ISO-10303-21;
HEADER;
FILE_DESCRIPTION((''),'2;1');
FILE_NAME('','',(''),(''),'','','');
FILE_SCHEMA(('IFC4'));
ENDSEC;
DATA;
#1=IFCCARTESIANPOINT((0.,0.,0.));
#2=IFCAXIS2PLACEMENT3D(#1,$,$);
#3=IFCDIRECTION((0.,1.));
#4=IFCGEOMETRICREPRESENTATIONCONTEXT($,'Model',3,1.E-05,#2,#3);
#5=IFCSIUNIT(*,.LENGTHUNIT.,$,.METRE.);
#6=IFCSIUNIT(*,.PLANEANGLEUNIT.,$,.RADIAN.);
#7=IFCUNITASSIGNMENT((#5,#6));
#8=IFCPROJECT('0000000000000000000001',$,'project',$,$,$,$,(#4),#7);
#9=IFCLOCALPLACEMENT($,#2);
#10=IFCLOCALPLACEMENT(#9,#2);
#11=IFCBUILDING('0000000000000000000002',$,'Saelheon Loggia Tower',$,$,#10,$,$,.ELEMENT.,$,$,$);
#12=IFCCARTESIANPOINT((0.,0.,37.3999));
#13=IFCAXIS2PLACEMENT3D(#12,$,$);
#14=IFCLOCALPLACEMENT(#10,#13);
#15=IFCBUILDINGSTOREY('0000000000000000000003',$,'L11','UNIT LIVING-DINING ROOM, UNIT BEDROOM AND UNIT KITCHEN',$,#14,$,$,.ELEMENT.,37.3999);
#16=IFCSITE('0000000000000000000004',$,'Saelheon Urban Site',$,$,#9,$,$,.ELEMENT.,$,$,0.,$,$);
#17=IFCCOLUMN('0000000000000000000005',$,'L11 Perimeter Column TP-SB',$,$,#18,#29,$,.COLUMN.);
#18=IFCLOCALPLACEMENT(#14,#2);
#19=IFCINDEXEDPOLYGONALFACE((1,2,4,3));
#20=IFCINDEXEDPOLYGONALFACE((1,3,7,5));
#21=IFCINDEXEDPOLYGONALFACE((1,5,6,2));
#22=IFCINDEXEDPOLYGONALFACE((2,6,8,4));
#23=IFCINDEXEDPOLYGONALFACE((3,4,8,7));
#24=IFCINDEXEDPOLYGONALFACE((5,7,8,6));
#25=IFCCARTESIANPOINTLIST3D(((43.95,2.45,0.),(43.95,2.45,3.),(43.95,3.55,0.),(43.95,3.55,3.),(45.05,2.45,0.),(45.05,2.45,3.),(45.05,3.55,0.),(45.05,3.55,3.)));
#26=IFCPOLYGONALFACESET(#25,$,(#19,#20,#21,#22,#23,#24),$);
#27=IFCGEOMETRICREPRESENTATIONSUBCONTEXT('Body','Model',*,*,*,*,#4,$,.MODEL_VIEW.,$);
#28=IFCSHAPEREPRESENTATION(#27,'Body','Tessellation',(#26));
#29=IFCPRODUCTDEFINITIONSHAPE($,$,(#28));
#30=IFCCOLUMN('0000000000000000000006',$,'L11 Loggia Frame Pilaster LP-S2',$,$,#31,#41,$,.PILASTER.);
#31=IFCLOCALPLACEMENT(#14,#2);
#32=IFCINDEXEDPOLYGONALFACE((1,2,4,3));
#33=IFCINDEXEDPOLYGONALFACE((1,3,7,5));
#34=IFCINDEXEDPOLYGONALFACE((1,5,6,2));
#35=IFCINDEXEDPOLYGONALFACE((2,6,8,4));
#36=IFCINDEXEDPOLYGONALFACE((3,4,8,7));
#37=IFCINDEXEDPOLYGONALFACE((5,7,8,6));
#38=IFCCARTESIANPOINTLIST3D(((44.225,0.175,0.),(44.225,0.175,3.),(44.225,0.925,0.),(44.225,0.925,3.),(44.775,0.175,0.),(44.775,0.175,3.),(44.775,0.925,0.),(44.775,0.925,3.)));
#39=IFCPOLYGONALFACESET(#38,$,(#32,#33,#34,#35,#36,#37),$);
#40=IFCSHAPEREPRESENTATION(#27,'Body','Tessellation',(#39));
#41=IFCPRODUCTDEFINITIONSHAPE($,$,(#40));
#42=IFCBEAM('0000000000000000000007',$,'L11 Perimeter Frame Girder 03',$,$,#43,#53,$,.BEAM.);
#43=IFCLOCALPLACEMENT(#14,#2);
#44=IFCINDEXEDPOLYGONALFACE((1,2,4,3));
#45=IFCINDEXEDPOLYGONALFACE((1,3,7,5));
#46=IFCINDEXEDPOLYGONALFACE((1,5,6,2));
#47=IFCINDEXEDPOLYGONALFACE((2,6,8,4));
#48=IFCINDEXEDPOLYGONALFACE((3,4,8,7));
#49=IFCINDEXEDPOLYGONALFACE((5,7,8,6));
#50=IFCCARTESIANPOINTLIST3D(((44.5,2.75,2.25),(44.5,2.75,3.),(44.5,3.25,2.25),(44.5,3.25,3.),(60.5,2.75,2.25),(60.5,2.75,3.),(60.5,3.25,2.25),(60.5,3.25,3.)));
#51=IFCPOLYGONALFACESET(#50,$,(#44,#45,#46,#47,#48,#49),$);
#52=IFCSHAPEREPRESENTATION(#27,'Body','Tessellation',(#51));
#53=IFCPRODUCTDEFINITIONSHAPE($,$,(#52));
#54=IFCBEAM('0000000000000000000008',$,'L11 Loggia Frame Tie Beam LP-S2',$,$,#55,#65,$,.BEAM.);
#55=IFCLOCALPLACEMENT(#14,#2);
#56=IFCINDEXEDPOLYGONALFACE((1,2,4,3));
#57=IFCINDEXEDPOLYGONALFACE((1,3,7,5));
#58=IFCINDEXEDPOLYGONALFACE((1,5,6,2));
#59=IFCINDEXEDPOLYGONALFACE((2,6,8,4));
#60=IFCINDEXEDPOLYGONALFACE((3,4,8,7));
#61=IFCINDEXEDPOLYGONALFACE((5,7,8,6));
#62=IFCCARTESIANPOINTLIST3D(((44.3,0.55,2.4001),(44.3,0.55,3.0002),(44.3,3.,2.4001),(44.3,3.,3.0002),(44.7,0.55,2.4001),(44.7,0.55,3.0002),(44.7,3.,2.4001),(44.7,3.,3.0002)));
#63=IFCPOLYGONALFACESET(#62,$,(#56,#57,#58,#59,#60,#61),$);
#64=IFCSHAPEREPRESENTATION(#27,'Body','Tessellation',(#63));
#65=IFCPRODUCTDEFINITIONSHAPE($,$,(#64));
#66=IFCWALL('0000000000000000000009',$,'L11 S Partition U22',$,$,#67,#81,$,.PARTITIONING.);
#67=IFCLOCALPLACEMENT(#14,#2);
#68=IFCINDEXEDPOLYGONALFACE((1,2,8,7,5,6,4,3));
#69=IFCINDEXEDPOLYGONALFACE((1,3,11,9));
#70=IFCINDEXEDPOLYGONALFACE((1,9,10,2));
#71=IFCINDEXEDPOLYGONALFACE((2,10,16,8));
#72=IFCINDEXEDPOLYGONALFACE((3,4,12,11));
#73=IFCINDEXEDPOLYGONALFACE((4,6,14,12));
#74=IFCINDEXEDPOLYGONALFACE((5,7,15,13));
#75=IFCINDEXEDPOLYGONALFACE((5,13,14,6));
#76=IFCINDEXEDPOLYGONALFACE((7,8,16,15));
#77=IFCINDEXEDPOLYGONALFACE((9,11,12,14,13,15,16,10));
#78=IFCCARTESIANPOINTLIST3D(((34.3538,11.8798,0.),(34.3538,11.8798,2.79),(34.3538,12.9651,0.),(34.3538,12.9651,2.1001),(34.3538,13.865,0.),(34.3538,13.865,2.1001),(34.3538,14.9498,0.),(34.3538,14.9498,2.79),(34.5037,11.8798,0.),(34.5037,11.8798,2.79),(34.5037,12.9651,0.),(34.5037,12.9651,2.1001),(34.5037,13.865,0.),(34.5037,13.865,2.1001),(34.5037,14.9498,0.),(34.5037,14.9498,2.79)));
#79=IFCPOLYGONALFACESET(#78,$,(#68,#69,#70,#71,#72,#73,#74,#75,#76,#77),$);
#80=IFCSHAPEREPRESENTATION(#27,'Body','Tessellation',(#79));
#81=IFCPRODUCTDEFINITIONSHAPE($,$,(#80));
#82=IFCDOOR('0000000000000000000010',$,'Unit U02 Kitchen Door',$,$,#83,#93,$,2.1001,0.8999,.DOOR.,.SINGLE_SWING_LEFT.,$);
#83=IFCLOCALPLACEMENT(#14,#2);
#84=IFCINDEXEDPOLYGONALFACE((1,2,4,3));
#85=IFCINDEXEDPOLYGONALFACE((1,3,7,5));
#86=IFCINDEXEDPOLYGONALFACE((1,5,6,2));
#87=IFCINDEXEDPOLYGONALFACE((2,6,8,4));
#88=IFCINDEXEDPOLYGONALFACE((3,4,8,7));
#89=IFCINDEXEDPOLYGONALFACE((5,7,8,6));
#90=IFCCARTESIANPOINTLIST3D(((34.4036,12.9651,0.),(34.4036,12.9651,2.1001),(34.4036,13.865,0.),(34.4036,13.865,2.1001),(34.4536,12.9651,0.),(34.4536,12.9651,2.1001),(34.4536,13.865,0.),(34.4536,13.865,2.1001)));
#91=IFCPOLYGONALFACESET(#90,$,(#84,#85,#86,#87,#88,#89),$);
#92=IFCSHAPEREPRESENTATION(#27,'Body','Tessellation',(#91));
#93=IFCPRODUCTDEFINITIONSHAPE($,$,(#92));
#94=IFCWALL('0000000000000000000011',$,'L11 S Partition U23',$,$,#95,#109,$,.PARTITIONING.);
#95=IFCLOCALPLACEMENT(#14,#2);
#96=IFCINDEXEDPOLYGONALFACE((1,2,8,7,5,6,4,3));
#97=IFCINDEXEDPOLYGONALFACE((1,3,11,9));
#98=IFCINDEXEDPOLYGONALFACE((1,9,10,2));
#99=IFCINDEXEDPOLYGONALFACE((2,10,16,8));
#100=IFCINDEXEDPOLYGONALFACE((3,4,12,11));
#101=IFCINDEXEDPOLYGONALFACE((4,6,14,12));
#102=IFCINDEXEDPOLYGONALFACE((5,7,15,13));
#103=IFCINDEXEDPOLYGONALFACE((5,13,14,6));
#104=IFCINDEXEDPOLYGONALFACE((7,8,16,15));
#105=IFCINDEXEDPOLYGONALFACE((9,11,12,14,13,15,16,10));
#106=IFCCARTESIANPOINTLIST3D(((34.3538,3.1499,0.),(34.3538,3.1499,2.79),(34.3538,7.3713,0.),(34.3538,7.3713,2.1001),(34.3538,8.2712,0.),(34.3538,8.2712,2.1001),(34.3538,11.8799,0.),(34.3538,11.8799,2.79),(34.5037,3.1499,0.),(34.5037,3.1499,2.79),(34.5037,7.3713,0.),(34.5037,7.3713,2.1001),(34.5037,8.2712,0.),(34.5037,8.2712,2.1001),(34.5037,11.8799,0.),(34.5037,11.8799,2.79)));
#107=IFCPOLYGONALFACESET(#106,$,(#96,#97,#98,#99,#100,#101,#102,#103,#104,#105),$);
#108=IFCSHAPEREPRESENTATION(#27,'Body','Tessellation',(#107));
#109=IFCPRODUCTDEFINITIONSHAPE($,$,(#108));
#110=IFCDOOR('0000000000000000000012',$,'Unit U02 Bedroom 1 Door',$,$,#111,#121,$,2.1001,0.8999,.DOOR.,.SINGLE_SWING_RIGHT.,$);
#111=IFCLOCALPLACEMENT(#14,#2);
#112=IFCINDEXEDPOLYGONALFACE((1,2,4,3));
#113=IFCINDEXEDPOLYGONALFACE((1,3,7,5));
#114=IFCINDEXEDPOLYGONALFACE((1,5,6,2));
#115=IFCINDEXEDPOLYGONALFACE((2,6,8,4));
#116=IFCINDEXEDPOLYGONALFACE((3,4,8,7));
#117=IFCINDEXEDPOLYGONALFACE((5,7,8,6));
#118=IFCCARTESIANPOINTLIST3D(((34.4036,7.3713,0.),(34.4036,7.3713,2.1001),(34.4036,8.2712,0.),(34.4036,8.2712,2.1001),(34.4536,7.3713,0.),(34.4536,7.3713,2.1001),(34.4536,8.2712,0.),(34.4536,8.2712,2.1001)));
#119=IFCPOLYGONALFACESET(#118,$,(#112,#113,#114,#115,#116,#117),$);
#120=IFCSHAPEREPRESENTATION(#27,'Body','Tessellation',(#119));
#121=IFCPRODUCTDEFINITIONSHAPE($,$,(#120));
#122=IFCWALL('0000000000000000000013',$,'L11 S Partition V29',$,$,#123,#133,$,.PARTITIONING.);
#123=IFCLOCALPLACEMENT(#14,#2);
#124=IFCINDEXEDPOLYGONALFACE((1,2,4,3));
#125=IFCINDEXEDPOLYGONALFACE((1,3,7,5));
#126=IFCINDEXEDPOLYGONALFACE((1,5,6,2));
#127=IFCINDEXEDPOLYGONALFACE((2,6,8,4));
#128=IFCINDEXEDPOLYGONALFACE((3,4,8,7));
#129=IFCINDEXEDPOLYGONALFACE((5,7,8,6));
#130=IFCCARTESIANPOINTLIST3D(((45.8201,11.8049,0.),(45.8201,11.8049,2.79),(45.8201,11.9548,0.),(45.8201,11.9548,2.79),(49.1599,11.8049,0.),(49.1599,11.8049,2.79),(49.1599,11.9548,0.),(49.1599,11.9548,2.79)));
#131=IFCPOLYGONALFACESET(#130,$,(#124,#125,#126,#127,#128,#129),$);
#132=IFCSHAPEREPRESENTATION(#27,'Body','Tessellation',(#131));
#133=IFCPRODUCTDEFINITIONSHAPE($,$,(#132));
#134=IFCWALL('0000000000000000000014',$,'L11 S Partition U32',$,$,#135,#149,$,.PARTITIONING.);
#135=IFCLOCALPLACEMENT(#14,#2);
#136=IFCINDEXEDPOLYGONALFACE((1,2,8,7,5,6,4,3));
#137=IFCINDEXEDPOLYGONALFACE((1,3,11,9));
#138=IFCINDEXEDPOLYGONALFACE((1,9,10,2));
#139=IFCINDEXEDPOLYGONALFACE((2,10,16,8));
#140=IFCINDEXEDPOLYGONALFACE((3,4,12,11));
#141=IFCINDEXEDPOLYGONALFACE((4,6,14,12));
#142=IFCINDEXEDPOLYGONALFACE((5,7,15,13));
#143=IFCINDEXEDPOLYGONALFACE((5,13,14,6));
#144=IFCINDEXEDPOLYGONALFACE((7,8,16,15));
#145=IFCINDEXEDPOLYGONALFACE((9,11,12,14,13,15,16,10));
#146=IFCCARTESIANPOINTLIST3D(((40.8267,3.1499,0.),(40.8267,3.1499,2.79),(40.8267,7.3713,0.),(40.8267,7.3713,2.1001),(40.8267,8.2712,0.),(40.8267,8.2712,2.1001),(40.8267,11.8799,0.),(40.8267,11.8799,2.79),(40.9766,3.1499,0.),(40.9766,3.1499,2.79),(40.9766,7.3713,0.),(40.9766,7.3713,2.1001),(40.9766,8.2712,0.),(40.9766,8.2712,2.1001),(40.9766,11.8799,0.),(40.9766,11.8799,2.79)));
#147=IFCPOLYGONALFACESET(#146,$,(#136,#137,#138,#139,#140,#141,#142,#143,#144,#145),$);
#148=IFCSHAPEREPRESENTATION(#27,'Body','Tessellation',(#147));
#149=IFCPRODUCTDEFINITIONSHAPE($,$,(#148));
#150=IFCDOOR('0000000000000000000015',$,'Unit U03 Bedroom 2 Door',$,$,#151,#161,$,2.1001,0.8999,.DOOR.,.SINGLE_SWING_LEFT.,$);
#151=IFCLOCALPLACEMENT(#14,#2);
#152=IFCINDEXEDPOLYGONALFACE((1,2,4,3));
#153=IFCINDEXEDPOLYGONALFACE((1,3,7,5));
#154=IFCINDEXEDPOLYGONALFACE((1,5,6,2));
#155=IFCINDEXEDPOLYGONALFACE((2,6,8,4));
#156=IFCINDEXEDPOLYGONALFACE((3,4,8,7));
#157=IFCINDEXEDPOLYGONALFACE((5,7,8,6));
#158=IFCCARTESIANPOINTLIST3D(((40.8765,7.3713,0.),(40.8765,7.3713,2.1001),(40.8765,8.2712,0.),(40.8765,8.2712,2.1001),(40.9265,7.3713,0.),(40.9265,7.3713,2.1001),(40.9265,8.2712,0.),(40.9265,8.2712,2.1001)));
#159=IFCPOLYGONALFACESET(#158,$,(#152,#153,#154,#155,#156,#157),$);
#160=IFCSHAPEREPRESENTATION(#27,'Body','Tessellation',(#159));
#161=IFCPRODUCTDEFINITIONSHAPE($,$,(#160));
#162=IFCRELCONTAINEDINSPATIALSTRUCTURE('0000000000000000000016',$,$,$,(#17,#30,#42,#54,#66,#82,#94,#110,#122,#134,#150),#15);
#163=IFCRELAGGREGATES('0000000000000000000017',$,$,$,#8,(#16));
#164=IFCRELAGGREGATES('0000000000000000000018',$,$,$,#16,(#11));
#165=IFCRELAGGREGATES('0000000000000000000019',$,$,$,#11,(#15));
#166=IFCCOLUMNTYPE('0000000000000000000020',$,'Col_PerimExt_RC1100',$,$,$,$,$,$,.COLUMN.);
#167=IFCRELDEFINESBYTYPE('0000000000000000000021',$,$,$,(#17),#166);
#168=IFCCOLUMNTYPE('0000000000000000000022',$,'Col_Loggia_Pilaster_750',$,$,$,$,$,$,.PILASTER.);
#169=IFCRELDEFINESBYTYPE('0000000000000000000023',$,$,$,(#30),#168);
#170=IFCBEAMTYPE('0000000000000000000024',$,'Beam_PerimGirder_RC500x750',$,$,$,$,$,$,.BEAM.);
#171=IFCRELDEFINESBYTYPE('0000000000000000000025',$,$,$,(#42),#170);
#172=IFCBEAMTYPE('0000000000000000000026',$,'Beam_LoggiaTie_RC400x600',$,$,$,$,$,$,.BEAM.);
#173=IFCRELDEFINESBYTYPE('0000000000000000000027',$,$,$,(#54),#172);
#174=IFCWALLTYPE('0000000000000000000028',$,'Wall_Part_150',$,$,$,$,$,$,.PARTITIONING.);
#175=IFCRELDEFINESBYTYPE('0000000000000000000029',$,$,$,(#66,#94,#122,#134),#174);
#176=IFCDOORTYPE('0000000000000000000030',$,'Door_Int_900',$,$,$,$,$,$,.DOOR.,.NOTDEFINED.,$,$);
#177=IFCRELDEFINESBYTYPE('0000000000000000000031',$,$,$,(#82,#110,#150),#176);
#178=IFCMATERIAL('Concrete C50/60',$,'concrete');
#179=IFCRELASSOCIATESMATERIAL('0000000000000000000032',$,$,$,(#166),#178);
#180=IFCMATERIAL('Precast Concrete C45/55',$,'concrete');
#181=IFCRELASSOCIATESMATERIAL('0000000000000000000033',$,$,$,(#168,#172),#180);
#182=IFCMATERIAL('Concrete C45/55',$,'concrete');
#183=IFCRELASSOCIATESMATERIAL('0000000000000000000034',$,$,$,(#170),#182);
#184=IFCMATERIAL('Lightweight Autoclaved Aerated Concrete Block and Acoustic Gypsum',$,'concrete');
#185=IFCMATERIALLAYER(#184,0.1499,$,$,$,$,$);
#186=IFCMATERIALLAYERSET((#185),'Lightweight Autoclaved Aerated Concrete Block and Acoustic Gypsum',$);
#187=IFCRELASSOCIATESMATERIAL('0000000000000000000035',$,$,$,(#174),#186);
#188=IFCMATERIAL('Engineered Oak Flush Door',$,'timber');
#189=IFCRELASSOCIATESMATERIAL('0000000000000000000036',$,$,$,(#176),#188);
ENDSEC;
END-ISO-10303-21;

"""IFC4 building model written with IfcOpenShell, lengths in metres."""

from ifc_helpers import new_model, si_unit, direction, frame, frame_2d, origin, origin_2d, place, context, subcontext, project, spatial, rectangle, extrude, source, transform, mapped, material, layer, layer_set, material_profile, profile_set, type_object, element, fill, save


model = new_model("IFC4")

# Units and contexts
model_context = context("Model", 3, precision=1e-05, world=origin(), true_north=direction((0.0, 1.0)))
body_context = subcontext(model_context, "Body", "Model", "MODEL_VIEW")
ifc_project = project(units=[si_unit("LENGTHUNIT", "METRE"), si_unit("PLANEANGLEUNIT", "RADIAN")], contexts=[model_context])

# Site, building, storey
site_placement = place(None, origin())
site = spatial("IfcSite", under=ifc_project, at=site_placement, Name="Saelheon Urban Site", CompositionType="ELEMENT", RefElevation=0.0)
building_placement = place(site_placement, origin())
building = spatial("IfcBuilding", under=site, at=building_placement, Name="Saelheon Loggia Tower", CompositionType="ELEMENT")
storey_placement = place(building_placement, frame((0.0, 0.0, 37.3999)))
storey = spatial("IfcBuildingStorey", under=building, at=storey_placement, Name="L11", Description="UNIT LIVING-DINING ROOM, UNIT BEDROOM AND UNIT KITCHEN", CompositionType="ELEMENT", Elevation=37.3999)

# Columns
ifc_material_1 = material(Name="Concrete C50/60", Category="concrete")
ifc_material_profile_1 = material_profile(ifc_material_1, rectangle(XDim=1.1001, YDim=1.1001, at=origin_2d()), Name="RC-1100x1100")
ifc_profile_set_1 = profile_set([ifc_material_profile_1], Name="Concrete C50/60")
column_type_1 = type_object("IfcColumnType", Name="Col_PerimExt_RC1100", PredefinedType="COLUMN", material=ifc_profile_set_1)
shared_shape_1 = source(origin(), body_context, "Body", "SweptSolid", [
    extrude(rectangle(XDim=1.1001, YDim=1.1001, at=origin_2d()), origin(), (0.0, 0.0, 1.0), 3.0),
])
column_1_placement = place(storey_placement, frame((44.5, 3.0, 0.0), z_axis=(0.0, 0.0, 1.0), x_axis=(1.0, 0.0, 0.0)))
element("IfcColumn", 1, at=column_1_placement, inside=storey, type_object=column_type_1, Name="L11 Perimeter Column TP-SB", PredefinedType="COLUMN", context=body_context, shape_type="MappedRepresentation", body=[
    mapped(shared_shape_1, transform((0.0, 0.0, 0.0), scale=1.0)),
])
ifc_material_2 = material(Name="Precast Concrete C45/55", Category="concrete")
ifc_material_profile_2 = material_profile(ifc_material_2, rectangle(XDim=0.55, YDim=0.75, at=origin_2d()), Name="RC-550x750")
ifc_profile_set_2 = profile_set([ifc_material_profile_2], Name="Precast Concrete C45/55")
column_type_2 = type_object("IfcColumnType", Name="Col_Loggia_Pilaster_750", PredefinedType="PILASTER", material=ifc_profile_set_2)
shared_shape_2 = source(origin(), body_context, "Body", "SweptSolid", [
    extrude(rectangle(XDim=0.55, YDim=0.75, at=origin_2d()), origin(), (0.0, 0.0, 1.0), 3.0),
])
column_2_placement = place(storey_placement, frame((44.5, 0.55, 0.0), z_axis=(0.0, 0.0, 1.0), x_axis=(1.0, 0.0, 0.0)))
element("IfcColumn", 2, at=column_2_placement, inside=storey, type_object=column_type_2, Name="L11 Loggia Frame Pilaster LP-S2", PredefinedType="PILASTER", context=body_context, shape_type="MappedRepresentation", body=[
    mapped(shared_shape_2, transform((0.0, 0.0, 0.0), scale=1.0)),
])

# Beams
ifc_material_3 = material(Name="Concrete C45/55", Category="concrete")
ifc_material_profile_3 = material_profile(ifc_material_3, rectangle(XDim=0.5, YDim=0.75, at=origin_2d()), Name="RC-500x750")
ifc_profile_set_3 = profile_set([ifc_material_profile_3], Name="Concrete C45/55")
beam_type_1 = type_object("IfcBeamType", Name="Beam_PerimGirder_RC500x750", PredefinedType="BEAM", material=ifc_profile_set_3)
shared_shape_3 = source(origin(), body_context, "Body", "SweptSolid", [
    extrude(rectangle(XDim=0.5, YDim=0.75, at=origin_2d()), origin(), (0.0, 0.0, 1.0), 16.0),
])
beam_1_placement = place(storey_placement, frame((44.5, 3.0, 2.625), z_axis=(1.0, 0.0, 0.0), x_axis=(0.0, 1.0, 0.0)))
element("IfcBeam", 3, at=beam_1_placement, inside=storey, type_object=beam_type_1, Name="L11 Perimeter Frame Girder 03", PredefinedType="BEAM", context=body_context, shape_type="MappedRepresentation", body=[
    mapped(shared_shape_3, transform((0.0, 0.0, 0.0), scale=1.0)),
])
ifc_material_profile_4 = material_profile(ifc_material_2, rectangle(XDim=0.3999, YDim=0.6001, at=origin_2d()), Name="RC-400x600")
ifc_profile_set_4 = profile_set([ifc_material_profile_4], Name="Precast Concrete C45/55")
beam_type_2 = type_object("IfcBeamType", Name="Beam_LoggiaTie_RC400x600", PredefinedType="BEAM", material=ifc_profile_set_4)
shared_shape_4 = source(origin(), body_context, "Body", "SweptSolid", [
    extrude(rectangle(XDim=0.3999, YDim=0.6001, at=origin_2d()), origin(), (0.0, 0.0, 1.0), 2.45),
])
beam_2_placement = place(storey_placement, frame((44.5, 3.0, 2.7002), z_axis=(0.0, -1.0, 0.0), x_axis=(1.0, 0.0, 0.0)))
element("IfcBeam", 4, at=beam_2_placement, inside=storey, type_object=beam_type_2, Name="L11 Loggia Frame Tie Beam LP-S2", PredefinedType="BEAM", context=body_context, shape_type="MappedRepresentation", body=[
    mapped(shared_shape_4, transform((0.0, 0.0, 0.0), scale=1.0)),
])

# Walls, openings, doors
ifc_material_4 = material(Name="Lightweight Autoclaved Aerated Concrete Block and Acoustic Gypsum", Category="concrete")
ifc_layer_1 = layer(ifc_material_4, 0.1499)
ifc_layer_set_1 = layer_set([ifc_layer_1], Name="Lightweight Autoclaved Aerated Concrete Block and Acoustic Gypsum")
wall_type_1 = type_object("IfcWallType", Name="Wall_Part_150", PredefinedType="PARTITIONING", material=ifc_layer_set_1)
wall_1_placement = place(storey_placement, frame((34.4287, 14.95, 0.0), z_axis=(0.0, 0.0, 1.0), x_axis=(0.0, -1.0, 0.0)))
wall_1 = element("IfcWall", 5, at=wall_1_placement, inside=storey, type_object=wall_type_1, Name="L11 S Partition U22", PredefinedType="PARTITIONING", context=body_context, shape_type="SweptSolid", body=[
    extrude(rectangle(XDim=3.0701, YDim=0.1499, at=frame_2d((1.5352, 0.0))), origin(), (0.0, 0.0, 1.0), 2.79),
])
opening_1_placement = place(wall_1_placement, frame((1.085, 0.0, 0.0)))
opening_1 = element("IfcOpeningElement", 6, at=opening_1_placement, cuts=wall_1, PredefinedType="OPENING", context=body_context, shape_type="SweptSolid", body=[
    extrude(rectangle(XDim=0.8999, YDim=2.1001, at=frame_2d((0.45, 1.05))), frame((0.0, 0.0869, 0.0), z_axis=(0.0, -1.0, 0.0), x_axis=(1.0, 0.0, 0.0)), (0.0, 0.0, 1.0), 0.1738),
])
ifc_material_5 = material(Name="Engineered Oak Flush Door", Category="timber")
door_type_1 = type_object("IfcDoorType", Name="Door_Int_900", OperationType="NOTDEFINED", PredefinedType="DOOR", material=ifc_material_5)
shared_shape_5 = source(origin(), body_context, "Body", "SweptSolid", [
    extrude(rectangle(XDim=0.8999, YDim=2.1001, at=frame_2d((0.45, 1.05))), frame((0.0, 0.0249, 0.0), z_axis=(0.0, -1.0, 0.0), x_axis=(1.0, 0.0, 0.0)), (0.0, 0.0, 1.0), 0.05),
])
door_1_placement = place(opening_1_placement, origin())
door_1 = element("IfcDoor", 7, at=door_1_placement, inside=storey, type_object=door_type_1, Name="Unit U02 Kitchen Door", OperationType="SINGLE_SWING_LEFT", OverallHeight=2.1001, OverallWidth=0.8999, PredefinedType="DOOR", context=body_context, shape_type="MappedRepresentation", body=[
    mapped(shared_shape_5, transform((0.0, 0.0, 0.0), scale=1.0)),
])
fill(opening_1, door_1)
wall_2_placement = place(storey_placement, frame((34.4287, 11.8799, 0.0), z_axis=(0.0, 0.0, 1.0), x_axis=(0.0, -1.0, 0.0)))
wall_2 = element("IfcWall", 8, at=wall_2_placement, inside=storey, type_object=wall_type_1, Name="L11 S Partition U23", PredefinedType="PARTITIONING", context=body_context, shape_type="SweptSolid", body=[
    extrude(rectangle(XDim=8.73, YDim=0.1499, at=frame_2d((4.365, 0.0))), origin(), (0.0, 0.0, 1.0), 2.79),
])
opening_2_placement = place(wall_2_placement, frame((3.6086, 0.0, 0.0)))
opening_2 = element("IfcOpeningElement", 9, at=opening_2_placement, cuts=wall_2, PredefinedType="OPENING", context=body_context, shape_type="SweptSolid", body=[
    extrude(rectangle(XDim=0.8999, YDim=2.1001, at=frame_2d((0.45, 1.05))), frame((0.0, 0.0869, 0.0), z_axis=(0.0, -1.0, 0.0), x_axis=(1.0, 0.0, 0.0)), (0.0, 0.0, 1.0), 0.1738),
])
door_2_placement = place(opening_2_placement, origin())
door_2 = element("IfcDoor", 10, at=door_2_placement, inside=storey, type_object=door_type_1, Name="Unit U02 Bedroom 1 Door", OperationType="SINGLE_SWING_RIGHT", OverallHeight=2.1001, OverallWidth=0.8999, PredefinedType="DOOR", context=body_context, shape_type="MappedRepresentation", body=[
    mapped(shared_shape_5, transform((0.0, 0.0, 0.0), scale=1.0)),
])
fill(opening_2, door_2)

# Wall
wall_3_placement = place(storey_placement, frame((45.8201, 11.8799, 0.0), z_axis=(0.0, 0.0, 1.0), x_axis=(1.0, 0.0, 0.0)))
element("IfcWall", 11, at=wall_3_placement, inside=storey, type_object=wall_type_1, Name="L11 S Partition V29", PredefinedType="PARTITIONING", context=body_context, shape_type="SweptSolid", body=[
    extrude(rectangle(XDim=3.3398, YDim=0.1499, at=frame_2d((1.6699, 0.0))), origin(), (0.0, 0.0, 1.0), 2.79),
])

# Wall, opening, door
wall_4_placement = place(storey_placement, frame((40.9016, 11.8799, 0.0), z_axis=(0.0, 0.0, 1.0), x_axis=(0.0, -1.0, 0.0)))
wall_4 = element("IfcWall", 12, at=wall_4_placement, inside=storey, type_object=wall_type_1, Name="L11 S Partition U32", PredefinedType="PARTITIONING", context=body_context, shape_type="SweptSolid", body=[
    extrude(rectangle(XDim=8.73, YDim=0.1499, at=frame_2d((4.365, 0.0))), origin(), (0.0, 0.0, 1.0), 2.79),
])
opening_3_placement = place(wall_4_placement, frame((3.6086, 0.0, 0.0)))
opening_3 = element("IfcOpeningElement", 13, at=opening_3_placement, cuts=wall_4, PredefinedType="OPENING", context=body_context, shape_type="SweptSolid", body=[
    extrude(rectangle(XDim=0.8999, YDim=2.1001, at=frame_2d((0.45, 1.05))), frame((0.0, 0.0869, 0.0), z_axis=(0.0, -1.0, 0.0), x_axis=(1.0, 0.0, 0.0)), (0.0, 0.0, 1.0), 0.1738),
])
door_3_placement = place(opening_3_placement, origin())
door_3 = element("IfcDoor", 14, at=door_3_placement, inside=storey, type_object=door_type_1, Name="Unit U03 Bedroom 2 Door", OperationType="SINGLE_SWING_LEFT", OverallHeight=2.1001, OverallWidth=0.8999, PredefinedType="DOOR", context=body_context, shape_type="MappedRepresentation", body=[
    mapped(shared_shape_5, transform((0.0, 0.0, 0.0), scale=1.0)),
])
fill(opening_3, door_3)

save(model, "model.ifc")
